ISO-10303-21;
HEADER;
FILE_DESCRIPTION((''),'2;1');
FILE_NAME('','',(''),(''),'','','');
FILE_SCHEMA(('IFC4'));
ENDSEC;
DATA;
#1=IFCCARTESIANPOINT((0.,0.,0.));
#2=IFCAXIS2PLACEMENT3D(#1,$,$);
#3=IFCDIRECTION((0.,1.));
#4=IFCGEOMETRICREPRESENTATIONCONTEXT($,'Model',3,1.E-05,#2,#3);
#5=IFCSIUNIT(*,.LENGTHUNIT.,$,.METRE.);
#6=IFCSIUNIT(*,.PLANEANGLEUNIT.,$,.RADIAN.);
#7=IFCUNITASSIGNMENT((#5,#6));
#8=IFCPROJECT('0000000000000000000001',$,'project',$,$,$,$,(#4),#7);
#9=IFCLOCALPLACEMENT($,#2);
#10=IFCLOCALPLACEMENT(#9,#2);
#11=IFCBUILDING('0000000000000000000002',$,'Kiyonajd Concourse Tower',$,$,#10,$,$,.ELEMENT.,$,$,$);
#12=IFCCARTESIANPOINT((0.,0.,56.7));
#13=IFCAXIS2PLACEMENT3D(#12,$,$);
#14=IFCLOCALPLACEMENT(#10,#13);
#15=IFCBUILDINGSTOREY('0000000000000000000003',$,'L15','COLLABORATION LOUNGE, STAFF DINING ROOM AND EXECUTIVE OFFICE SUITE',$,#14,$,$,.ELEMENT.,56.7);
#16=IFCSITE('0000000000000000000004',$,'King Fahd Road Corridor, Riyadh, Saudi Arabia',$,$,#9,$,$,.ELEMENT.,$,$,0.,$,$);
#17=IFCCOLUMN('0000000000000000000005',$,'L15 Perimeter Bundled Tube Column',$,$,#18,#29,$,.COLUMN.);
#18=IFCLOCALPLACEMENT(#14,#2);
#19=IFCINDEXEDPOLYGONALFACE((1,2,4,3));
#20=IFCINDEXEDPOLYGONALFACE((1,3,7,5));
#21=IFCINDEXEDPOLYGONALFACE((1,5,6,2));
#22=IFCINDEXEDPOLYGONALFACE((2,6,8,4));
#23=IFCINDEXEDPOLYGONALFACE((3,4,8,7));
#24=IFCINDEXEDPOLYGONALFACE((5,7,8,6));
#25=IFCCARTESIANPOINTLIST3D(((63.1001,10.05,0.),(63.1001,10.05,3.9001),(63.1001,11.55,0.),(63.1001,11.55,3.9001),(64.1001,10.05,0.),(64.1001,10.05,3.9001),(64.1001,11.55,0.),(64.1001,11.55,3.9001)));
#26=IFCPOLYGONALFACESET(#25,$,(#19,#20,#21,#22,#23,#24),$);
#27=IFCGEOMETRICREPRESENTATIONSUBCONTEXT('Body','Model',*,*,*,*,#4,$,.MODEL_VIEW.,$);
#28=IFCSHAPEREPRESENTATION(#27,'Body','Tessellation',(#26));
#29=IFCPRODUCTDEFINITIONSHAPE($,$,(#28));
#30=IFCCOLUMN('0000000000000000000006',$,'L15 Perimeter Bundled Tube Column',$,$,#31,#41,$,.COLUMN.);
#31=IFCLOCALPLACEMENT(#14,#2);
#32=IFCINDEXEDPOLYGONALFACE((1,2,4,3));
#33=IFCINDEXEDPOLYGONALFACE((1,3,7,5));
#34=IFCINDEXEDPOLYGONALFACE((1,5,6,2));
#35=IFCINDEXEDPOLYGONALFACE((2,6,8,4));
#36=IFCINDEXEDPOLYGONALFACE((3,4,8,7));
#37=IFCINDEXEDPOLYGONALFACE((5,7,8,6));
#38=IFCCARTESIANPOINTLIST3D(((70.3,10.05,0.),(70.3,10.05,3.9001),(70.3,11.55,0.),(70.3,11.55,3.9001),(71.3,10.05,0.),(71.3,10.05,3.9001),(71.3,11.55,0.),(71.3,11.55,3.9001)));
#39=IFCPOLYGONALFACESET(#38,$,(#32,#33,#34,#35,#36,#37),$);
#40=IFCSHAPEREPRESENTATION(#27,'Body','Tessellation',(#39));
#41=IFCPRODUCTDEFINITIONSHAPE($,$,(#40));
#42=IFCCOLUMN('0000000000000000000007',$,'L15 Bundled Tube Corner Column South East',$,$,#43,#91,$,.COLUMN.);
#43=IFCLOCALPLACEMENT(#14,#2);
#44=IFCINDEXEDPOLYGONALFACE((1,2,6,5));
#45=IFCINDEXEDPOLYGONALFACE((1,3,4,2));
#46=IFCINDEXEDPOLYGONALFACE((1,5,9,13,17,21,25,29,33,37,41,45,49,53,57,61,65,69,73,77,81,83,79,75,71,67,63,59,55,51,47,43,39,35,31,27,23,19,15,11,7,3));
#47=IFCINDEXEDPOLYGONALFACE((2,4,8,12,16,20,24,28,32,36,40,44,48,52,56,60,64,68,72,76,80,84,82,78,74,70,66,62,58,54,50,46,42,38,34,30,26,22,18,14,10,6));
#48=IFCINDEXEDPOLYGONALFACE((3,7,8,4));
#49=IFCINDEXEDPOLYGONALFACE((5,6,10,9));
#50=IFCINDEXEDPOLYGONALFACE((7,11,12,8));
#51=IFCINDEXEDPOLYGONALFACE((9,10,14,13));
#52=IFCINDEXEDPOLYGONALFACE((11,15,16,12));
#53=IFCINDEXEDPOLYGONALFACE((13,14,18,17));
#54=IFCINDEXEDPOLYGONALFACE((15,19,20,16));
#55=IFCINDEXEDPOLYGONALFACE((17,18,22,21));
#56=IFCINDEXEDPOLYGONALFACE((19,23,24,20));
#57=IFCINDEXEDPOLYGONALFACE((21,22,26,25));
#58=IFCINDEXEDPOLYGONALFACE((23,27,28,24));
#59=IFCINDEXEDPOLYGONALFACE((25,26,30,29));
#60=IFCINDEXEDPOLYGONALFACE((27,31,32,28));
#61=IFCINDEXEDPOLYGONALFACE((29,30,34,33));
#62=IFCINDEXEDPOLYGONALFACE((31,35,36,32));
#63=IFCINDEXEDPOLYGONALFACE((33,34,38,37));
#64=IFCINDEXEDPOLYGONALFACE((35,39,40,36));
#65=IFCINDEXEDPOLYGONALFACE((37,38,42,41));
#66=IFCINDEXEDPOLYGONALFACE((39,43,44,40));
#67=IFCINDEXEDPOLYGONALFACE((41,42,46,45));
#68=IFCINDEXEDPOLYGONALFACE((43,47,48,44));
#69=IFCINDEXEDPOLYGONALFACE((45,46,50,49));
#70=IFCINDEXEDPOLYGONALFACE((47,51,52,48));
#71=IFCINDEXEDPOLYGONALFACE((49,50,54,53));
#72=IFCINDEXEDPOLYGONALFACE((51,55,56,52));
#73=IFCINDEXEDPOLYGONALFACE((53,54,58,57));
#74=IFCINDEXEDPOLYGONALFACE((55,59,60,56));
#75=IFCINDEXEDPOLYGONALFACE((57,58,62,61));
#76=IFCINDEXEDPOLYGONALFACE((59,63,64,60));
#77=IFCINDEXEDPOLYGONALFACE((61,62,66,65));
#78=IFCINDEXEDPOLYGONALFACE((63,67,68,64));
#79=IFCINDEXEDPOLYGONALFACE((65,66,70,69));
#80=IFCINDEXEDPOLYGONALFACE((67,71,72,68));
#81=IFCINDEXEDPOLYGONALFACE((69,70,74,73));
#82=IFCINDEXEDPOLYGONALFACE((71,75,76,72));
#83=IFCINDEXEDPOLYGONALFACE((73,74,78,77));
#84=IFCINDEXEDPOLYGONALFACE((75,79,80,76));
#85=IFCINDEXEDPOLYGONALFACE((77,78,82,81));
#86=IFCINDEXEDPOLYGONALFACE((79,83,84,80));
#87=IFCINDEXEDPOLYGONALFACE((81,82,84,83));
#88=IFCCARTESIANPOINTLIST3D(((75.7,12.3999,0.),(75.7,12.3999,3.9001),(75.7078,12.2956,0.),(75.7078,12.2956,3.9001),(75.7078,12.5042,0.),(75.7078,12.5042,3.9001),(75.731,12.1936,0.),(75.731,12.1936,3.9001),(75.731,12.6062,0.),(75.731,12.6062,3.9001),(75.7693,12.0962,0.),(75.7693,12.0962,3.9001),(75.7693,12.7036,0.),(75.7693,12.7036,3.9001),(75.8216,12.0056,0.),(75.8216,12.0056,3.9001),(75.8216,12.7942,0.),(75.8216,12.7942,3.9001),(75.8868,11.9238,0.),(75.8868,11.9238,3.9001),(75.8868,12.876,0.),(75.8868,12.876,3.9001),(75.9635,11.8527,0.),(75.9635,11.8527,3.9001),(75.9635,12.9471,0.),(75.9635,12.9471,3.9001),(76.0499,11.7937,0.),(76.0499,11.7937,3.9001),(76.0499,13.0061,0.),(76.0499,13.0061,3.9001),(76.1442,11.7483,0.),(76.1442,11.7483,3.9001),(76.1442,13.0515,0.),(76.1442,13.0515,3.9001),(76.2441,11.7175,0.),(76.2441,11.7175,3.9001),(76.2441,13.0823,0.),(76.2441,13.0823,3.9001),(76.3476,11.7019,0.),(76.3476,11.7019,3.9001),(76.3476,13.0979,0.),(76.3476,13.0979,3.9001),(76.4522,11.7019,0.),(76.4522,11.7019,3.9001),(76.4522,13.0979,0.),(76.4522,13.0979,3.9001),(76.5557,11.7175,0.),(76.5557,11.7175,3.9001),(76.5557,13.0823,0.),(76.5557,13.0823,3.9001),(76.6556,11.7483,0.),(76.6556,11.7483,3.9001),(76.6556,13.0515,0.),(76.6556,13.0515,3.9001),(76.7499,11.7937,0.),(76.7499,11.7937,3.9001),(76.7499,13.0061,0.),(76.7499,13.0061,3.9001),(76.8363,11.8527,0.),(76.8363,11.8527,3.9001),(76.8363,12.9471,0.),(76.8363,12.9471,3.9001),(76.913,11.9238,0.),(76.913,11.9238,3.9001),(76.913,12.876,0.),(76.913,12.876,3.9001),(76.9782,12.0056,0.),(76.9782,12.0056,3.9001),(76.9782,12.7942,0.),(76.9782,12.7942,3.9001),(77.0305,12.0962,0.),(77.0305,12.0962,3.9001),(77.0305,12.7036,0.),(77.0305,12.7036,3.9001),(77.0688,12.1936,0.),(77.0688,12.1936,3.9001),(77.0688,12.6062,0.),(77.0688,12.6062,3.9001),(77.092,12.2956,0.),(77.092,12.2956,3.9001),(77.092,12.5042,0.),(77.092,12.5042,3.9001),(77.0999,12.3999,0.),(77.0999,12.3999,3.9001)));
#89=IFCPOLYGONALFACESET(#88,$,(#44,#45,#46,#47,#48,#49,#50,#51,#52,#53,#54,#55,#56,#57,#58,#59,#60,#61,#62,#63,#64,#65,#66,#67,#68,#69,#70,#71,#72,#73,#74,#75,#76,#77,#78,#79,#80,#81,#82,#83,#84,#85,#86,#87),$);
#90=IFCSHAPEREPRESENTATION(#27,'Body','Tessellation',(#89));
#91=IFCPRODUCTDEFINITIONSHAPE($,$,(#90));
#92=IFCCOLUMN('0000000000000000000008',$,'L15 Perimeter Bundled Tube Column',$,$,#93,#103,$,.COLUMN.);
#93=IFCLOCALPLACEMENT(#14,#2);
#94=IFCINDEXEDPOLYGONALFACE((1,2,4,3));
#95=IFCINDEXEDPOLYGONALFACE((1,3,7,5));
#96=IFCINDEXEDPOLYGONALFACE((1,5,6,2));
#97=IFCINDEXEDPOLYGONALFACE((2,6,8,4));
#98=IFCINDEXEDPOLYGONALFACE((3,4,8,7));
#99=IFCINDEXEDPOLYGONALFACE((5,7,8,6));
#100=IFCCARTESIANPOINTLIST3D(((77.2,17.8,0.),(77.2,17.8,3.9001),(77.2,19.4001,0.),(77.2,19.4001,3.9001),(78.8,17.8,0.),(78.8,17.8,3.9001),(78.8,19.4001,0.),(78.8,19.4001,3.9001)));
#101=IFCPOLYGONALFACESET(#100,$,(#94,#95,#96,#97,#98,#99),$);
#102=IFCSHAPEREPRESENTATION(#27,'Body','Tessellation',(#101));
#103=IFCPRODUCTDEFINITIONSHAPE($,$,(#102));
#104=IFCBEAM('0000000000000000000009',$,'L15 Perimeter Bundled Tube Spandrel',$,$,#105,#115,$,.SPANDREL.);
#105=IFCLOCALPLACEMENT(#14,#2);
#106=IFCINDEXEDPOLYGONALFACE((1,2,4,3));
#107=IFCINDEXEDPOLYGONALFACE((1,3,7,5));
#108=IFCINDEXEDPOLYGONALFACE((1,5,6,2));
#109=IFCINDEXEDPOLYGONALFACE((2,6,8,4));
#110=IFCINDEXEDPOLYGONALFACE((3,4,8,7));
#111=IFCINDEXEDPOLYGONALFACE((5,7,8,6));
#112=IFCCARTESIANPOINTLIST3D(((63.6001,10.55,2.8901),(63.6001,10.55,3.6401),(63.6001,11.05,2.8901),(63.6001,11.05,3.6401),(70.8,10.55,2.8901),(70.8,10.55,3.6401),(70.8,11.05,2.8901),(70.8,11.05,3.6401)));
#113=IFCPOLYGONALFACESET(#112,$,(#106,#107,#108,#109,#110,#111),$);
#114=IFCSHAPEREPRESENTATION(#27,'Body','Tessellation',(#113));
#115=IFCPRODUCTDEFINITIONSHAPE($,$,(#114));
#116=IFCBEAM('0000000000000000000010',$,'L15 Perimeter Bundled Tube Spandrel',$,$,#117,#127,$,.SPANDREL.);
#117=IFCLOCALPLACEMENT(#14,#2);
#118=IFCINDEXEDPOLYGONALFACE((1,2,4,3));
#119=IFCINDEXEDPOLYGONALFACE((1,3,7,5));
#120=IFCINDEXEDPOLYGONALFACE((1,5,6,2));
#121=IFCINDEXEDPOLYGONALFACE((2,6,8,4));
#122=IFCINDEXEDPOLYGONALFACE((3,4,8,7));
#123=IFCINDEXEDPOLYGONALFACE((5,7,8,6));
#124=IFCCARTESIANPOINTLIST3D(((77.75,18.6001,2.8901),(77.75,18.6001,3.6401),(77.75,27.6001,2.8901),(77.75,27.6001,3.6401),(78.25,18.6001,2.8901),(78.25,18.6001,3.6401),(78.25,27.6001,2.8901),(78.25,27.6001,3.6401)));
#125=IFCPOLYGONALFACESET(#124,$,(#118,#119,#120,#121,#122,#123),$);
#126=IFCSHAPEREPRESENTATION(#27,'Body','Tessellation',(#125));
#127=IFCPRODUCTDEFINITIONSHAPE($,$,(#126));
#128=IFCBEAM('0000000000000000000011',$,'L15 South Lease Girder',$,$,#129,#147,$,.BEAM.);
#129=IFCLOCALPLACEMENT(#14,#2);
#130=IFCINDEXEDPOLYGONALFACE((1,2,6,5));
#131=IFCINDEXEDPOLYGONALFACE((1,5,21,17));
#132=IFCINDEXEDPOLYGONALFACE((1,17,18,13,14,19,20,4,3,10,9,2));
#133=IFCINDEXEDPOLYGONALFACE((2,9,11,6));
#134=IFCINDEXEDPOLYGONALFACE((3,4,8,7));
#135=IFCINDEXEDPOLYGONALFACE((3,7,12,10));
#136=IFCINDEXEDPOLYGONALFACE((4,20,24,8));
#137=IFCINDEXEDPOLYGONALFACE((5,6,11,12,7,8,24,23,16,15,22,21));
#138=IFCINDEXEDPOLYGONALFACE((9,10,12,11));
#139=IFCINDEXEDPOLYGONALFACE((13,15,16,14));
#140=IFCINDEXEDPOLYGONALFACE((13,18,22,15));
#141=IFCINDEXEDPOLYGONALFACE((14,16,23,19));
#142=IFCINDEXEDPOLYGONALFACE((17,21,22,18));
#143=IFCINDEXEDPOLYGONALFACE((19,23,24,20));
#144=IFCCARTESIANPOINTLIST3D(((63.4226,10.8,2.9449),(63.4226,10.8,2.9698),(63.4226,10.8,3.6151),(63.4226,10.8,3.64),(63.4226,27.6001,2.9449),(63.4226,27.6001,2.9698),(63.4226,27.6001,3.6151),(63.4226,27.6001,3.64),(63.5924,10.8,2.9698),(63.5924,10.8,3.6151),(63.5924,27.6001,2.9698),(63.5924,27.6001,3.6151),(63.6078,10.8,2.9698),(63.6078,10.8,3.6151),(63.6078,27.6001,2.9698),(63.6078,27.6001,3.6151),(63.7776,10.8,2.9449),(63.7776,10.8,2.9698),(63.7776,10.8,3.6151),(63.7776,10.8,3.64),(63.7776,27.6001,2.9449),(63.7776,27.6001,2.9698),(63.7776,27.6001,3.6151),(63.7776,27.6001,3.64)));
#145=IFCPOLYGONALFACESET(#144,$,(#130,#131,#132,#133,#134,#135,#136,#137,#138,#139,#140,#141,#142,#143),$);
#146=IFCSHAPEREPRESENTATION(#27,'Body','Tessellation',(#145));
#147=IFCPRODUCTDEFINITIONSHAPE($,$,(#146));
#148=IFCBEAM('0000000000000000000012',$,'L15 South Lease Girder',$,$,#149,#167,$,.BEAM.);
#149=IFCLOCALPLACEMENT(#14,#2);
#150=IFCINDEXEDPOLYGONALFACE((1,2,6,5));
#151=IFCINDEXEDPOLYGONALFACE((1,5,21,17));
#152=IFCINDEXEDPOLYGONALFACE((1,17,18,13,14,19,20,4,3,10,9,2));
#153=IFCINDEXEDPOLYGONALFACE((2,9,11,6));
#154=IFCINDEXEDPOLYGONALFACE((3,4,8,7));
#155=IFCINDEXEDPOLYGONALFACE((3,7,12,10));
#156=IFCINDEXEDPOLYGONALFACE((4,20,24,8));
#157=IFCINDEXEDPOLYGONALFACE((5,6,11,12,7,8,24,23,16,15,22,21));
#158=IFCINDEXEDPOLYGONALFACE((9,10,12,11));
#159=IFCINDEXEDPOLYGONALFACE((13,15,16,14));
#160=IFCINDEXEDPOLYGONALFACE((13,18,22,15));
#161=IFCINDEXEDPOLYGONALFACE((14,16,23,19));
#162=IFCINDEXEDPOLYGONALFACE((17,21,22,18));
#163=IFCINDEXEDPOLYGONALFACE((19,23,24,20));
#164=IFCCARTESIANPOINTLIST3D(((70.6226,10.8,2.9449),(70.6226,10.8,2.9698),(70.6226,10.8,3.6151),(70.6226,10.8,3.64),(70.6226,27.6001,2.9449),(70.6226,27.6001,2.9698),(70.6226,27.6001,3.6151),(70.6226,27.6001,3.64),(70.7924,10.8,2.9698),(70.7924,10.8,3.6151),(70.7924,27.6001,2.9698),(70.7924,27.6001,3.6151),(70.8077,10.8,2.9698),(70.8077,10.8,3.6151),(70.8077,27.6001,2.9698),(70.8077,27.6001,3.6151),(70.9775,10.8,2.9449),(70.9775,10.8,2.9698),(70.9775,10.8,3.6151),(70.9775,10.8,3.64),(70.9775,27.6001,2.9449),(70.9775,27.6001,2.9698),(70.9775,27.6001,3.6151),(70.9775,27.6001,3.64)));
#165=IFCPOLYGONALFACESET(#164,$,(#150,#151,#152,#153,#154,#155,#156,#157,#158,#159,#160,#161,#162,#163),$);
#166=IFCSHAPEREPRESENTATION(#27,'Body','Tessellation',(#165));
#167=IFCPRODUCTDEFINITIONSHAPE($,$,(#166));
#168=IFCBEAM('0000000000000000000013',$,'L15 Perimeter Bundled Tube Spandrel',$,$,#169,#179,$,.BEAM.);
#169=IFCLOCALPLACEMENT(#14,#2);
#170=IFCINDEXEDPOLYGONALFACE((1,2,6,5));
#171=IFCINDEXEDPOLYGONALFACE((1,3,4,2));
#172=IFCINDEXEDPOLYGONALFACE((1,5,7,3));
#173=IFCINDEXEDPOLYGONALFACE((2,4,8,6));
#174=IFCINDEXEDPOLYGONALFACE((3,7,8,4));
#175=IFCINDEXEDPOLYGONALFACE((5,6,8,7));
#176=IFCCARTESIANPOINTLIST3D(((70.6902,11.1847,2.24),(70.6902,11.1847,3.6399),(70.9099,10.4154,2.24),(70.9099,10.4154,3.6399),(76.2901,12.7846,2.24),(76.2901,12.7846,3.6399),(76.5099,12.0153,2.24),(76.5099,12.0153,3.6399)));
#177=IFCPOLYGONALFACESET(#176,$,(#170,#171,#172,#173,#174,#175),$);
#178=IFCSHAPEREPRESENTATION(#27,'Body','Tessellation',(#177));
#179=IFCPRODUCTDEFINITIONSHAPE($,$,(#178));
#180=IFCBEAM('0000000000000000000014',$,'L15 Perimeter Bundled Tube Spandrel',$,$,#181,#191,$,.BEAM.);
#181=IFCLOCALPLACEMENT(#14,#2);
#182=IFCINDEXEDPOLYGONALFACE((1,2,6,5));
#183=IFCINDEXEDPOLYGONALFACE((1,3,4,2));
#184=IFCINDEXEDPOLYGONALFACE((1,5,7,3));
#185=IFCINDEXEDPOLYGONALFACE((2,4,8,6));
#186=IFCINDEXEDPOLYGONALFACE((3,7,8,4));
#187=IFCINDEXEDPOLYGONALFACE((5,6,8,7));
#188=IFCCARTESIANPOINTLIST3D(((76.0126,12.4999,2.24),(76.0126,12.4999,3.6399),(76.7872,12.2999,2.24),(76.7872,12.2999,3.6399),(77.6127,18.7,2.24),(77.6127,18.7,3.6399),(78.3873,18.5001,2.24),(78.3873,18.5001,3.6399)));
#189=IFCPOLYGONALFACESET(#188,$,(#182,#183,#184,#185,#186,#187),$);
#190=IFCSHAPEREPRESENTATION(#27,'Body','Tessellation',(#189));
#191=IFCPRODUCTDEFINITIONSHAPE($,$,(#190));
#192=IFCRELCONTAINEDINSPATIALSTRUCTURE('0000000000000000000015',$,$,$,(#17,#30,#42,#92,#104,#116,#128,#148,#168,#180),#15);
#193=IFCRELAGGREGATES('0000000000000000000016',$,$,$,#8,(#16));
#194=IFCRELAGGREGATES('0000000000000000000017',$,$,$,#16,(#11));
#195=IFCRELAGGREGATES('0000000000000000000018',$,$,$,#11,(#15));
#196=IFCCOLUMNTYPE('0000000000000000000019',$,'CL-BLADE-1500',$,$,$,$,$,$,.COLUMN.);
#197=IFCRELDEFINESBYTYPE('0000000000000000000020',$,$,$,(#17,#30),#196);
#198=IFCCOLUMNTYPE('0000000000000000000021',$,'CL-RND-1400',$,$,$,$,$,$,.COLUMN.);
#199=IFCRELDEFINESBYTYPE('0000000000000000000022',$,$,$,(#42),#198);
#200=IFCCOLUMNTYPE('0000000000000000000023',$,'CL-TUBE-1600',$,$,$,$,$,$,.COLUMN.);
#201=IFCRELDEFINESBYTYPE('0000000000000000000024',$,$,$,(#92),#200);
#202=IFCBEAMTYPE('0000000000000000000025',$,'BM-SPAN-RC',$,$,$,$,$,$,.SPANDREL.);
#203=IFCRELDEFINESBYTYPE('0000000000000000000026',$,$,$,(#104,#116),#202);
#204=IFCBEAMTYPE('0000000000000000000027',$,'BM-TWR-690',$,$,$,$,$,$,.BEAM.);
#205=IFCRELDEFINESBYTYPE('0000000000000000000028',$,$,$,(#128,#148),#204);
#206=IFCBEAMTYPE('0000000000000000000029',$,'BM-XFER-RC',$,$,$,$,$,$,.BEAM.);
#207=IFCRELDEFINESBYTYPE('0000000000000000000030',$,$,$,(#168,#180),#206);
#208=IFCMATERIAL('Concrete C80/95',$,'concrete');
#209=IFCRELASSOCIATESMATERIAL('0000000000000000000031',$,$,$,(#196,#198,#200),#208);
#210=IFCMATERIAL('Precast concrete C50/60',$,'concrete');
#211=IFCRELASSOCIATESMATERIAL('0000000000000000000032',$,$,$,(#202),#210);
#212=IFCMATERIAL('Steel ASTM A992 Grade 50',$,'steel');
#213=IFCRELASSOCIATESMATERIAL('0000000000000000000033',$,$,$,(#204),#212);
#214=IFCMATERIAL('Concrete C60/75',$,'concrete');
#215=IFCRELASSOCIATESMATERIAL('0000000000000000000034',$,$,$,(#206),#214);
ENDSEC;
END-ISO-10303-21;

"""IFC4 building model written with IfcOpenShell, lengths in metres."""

from ifc_helpers import new_model, si_unit, direction, frame, origin, origin_2d, place, context, subcontext, project, spatial, rectangle, circle, i_section, extrude, material, material_profile, profile_set, type_object, element, save


model = new_model("IFC4")

# Units and contexts
model_context = context("Model", 3, precision=1e-05, world=origin(), true_north=direction((0.0, 1.0)))
body_context = subcontext(model_context, "Body", "Model", "MODEL_VIEW")
ifc_project = project(units=[si_unit("LENGTHUNIT", "METRE"), si_unit("PLANEANGLEUNIT", "RADIAN")], contexts=[model_context])

# Site, building, storey
site_placement = place(None, origin())
site = spatial("IfcSite", under=ifc_project, at=site_placement, Name="King Fahd Road Corridor, Riyadh, Saudi Arabia", CompositionType="ELEMENT", RefElevation=0.0)
building_placement = place(site_placement, origin())
building = spatial("IfcBuilding", under=site, at=building_placement, Name="Kiyonajd Concourse Tower", CompositionType="ELEMENT")
storey_placement = place(building_placement, frame((0.0, 0.0, 56.7)))
storey = spatial("IfcBuildingStorey", under=building, at=storey_placement, Name="L15", Description="COLLABORATION LOUNGE, STAFF DINING ROOM AND EXECUTIVE OFFICE SUITE", CompositionType="ELEMENT", Elevation=56.7)

# Columns
ifc_material_1 = material(Name="Concrete C80/95", Category="concrete")
ifc_material_profile_1 = material_profile(ifc_material_1, rectangle(XDim=1.0, YDim=1.5, at=origin_2d()), Name="RC-1500x1000")
ifc_profile_set_1 = profile_set([ifc_material_profile_1], Name="Concrete C80/95")
column_type_1 = type_object("IfcColumnType", Name="CL-BLADE-1500", PredefinedType="COLUMN", material=ifc_profile_set_1)
for number, where, z_axis, x_axis, name in (
    (1, (63.6001, 10.8, 0.0), (0.0, 0.0, 1.0), (1.0, 0.0, 0.0), "L15 Perimeter Bundled Tube Column"),
    (2, (70.8, 10.8, 0.0), (0.0, 0.0, 1.0), (1.0, 0.0, 0.0), "L15 Perimeter Bundled Tube Column"),
):
    element("IfcColumn", number, at=place(storey_placement, frame(where, z_axis=z_axis, x_axis=x_axis)), inside=storey, type_object=column_type_1, Name=name, PredefinedType="COLUMN", context=body_context, shape_type="SweptSolid", body=[
        extrude(rectangle(XDim=1.0, YDim=1.5, at=origin_2d()), origin(), (0.0, 0.0, 1.0), 3.9001),
    ])
ifc_material_profile_2 = material_profile(ifc_material_1, circle(Radius=0.7, at=origin_2d()), Name="RCC-D1400")
ifc_profile_set_2 = profile_set([ifc_material_profile_2], Name="Concrete C80/95")
column_type_2 = type_object("IfcColumnType", Name="CL-RND-1400", PredefinedType="COLUMN", material=ifc_profile_set_2)
column_1_placement = place(storey_placement, frame((76.3999, 12.3999, 0.0), z_axis=(0.0, 0.0, 1.0), x_axis=(1.0, 0.0, 0.0)))
element("IfcColumn", 3, at=column_1_placement, inside=storey, type_object=column_type_2, Name="L15 Bundled Tube Corner Column South East", PredefinedType="COLUMN", context=body_context, shape_type="SweptSolid", body=[
    extrude(circle(Radius=0.7, at=origin_2d()), origin(), (0.0, 0.0, 1.0), 3.9001),
])
ifc_material_profile_3 = material_profile(ifc_material_1, rectangle(XDim=1.6001, YDim=1.6001, at=origin_2d()), Name="RC-1600x1600")
ifc_profile_set_3 = profile_set([ifc_material_profile_3], Name="Concrete C80/95")
column_type_3 = type_object("IfcColumnType", Name="CL-TUBE-1600", PredefinedType="COLUMN", material=ifc_profile_set_3)
column_2_placement = place(storey_placement, frame((78.0, 18.6001, 0.0), z_axis=(0.0, 0.0, 1.0), x_axis=(1.0, 0.0, 0.0)))
element("IfcColumn", 4, at=column_2_placement, inside=storey, type_object=column_type_3, Name="L15 Perimeter Bundled Tube Column", PredefinedType="COLUMN", context=body_context, shape_type="SweptSolid", body=[
    extrude(rectangle(XDim=1.6001, YDim=1.6001, at=origin_2d()), origin(), (0.0, 0.0, 1.0), 3.9001),
])

# Beams
ifc_material_2 = material(Name="Precast concrete C50/60", Category="concrete")
ifc_material_profile_4 = material_profile(ifc_material_2, rectangle(XDim=0.5, YDim=0.75, at=origin_2d()), Name="RCBM-500x750")
ifc_profile_set_4 = profile_set([ifc_material_profile_4], Name="Precast concrete C50/60")
beam_type_1 = type_object("IfcBeamType", Name="BM-SPAN-RC", PredefinedType="SPANDREL", material=ifc_profile_set_4)
beam_1_placement = place(storey_placement, frame((63.6001, 10.8, 3.2651), z_axis=(1.0, 0.0, 0.0), x_axis=(0.0, 1.0, 0.0)))
element("IfcBeam", 5, at=beam_1_placement, inside=storey, type_object=beam_type_1, Name="L15 Perimeter Bundled Tube Spandrel", PredefinedType="SPANDREL", context=body_context, shape_type="SweptSolid", body=[
    extrude(rectangle(XDim=0.5, YDim=0.75, at=origin_2d()), origin(), (0.0, 0.0, 1.0), 7.2),
])
beam_2_placement = place(storey_placement, frame((78.0, 18.6001, 3.2651), z_axis=(0.0, 1.0, 0.0), x_axis=(-1.0, 0.0, 0.0)))
element("IfcBeam", 6, at=beam_2_placement, inside=storey, type_object=beam_type_1, Name="L15 Perimeter Bundled Tube Spandrel", PredefinedType="SPANDREL", context=body_context, shape_type="SweptSolid", body=[
    extrude(rectangle(XDim=0.5, YDim=0.75, at=origin_2d()), origin(), (0.0, 0.0, 1.0), 9.0),
])
ifc_material_3 = material(Name="Steel ASTM A992 Grade 50", Category="steel")
ifc_material_profile_5 = material_profile(ifc_material_3, i_section(OverallWidth=0.355, OverallDepth=0.6951, WebThickness=0.0154, FlangeThickness=0.0249, at=origin_2d()), Name="W690X217")
ifc_profile_set_5 = profile_set([ifc_material_profile_5], Name="Steel ASTM A992 Grade 50")
beam_type_2 = type_object("IfcBeamType", Name="BM-TWR-690", PredefinedType="BEAM", material=ifc_profile_set_5)
for number, where, z_axis, x_axis, name in (
    (7, (63.6001, 10.8, 3.2925), (0.0, 1.0, 0.0), (-1.0, 0.0, 0.0), "L15 South Lease Girder"),
    (8, (70.8, 10.8, 3.2925), (0.0, 1.0, 0.0), (-1.0, 0.0, 0.0), "L15 South Lease Girder"),
):
    element("IfcBeam", number, at=place(storey_placement, frame(where, z_axis=z_axis, x_axis=x_axis)), inside=storey, type_object=beam_type_2, Name=name, PredefinedType="BEAM", context=body_context, shape_type="SweptSolid", body=[
        extrude(i_section(OverallWidth=0.355, OverallDepth=0.6951, WebThickness=0.0154, FlangeThickness=0.0249, at=origin_2d()), origin(), (0.0, 0.0, 1.0), 16.8),
    ])
ifc_material_4 = material(Name="Concrete C60/75", Category="concrete")
ifc_material_profile_6 = material_profile(ifc_material_4, rectangle(XDim=0.8, YDim=1.3999, at=origin_2d()), Name="RCBM-800x1400")
ifc_profile_set_6 = profile_set([ifc_material_profile_6], Name="Concrete C60/75")
beam_type_3 = type_object("IfcBeamType", Name="BM-XFER-RC", PredefinedType="BEAM", material=ifc_profile_set_6)
beam_3_placement = place(storey_placement, frame((70.8, 10.8, 2.9399), z_axis=(0.961529, 0.274705, 0.0), x_axis=(-0.274705, 0.961529, 0.0)))
element("IfcBeam", 9, at=beam_3_placement, inside=storey, type_object=beam_type_3, Name="L15 Perimeter Bundled Tube Spandrel", PredefinedType="BEAM", context=body_context, shape_type="SweptSolid", body=[
    extrude(rectangle(XDim=0.8, YDim=1.3999, at=origin_2d()), origin(), (0.0, 0.0, 1.0), 5.824),
])
beam_4_placement = place(storey_placement, frame((76.3999, 12.3999, 2.9399), z_axis=(0.249885, 0.968276, 0.0), x_axis=(-0.968276, 0.249885, 0.0)))
element("IfcBeam", 10, at=beam_4_placement, inside=storey, type_object=beam_type_3, Name="L15 Perimeter Bundled Tube Spandrel", PredefinedType="BEAM", context=body_context, shape_type="SweptSolid", body=[
    extrude(rectangle(XDim=0.8, YDim=1.3999, at=origin_2d()), origin(), (0.0, 0.0, 1.0), 6.4033),
])

save(model, "model.ifc")
